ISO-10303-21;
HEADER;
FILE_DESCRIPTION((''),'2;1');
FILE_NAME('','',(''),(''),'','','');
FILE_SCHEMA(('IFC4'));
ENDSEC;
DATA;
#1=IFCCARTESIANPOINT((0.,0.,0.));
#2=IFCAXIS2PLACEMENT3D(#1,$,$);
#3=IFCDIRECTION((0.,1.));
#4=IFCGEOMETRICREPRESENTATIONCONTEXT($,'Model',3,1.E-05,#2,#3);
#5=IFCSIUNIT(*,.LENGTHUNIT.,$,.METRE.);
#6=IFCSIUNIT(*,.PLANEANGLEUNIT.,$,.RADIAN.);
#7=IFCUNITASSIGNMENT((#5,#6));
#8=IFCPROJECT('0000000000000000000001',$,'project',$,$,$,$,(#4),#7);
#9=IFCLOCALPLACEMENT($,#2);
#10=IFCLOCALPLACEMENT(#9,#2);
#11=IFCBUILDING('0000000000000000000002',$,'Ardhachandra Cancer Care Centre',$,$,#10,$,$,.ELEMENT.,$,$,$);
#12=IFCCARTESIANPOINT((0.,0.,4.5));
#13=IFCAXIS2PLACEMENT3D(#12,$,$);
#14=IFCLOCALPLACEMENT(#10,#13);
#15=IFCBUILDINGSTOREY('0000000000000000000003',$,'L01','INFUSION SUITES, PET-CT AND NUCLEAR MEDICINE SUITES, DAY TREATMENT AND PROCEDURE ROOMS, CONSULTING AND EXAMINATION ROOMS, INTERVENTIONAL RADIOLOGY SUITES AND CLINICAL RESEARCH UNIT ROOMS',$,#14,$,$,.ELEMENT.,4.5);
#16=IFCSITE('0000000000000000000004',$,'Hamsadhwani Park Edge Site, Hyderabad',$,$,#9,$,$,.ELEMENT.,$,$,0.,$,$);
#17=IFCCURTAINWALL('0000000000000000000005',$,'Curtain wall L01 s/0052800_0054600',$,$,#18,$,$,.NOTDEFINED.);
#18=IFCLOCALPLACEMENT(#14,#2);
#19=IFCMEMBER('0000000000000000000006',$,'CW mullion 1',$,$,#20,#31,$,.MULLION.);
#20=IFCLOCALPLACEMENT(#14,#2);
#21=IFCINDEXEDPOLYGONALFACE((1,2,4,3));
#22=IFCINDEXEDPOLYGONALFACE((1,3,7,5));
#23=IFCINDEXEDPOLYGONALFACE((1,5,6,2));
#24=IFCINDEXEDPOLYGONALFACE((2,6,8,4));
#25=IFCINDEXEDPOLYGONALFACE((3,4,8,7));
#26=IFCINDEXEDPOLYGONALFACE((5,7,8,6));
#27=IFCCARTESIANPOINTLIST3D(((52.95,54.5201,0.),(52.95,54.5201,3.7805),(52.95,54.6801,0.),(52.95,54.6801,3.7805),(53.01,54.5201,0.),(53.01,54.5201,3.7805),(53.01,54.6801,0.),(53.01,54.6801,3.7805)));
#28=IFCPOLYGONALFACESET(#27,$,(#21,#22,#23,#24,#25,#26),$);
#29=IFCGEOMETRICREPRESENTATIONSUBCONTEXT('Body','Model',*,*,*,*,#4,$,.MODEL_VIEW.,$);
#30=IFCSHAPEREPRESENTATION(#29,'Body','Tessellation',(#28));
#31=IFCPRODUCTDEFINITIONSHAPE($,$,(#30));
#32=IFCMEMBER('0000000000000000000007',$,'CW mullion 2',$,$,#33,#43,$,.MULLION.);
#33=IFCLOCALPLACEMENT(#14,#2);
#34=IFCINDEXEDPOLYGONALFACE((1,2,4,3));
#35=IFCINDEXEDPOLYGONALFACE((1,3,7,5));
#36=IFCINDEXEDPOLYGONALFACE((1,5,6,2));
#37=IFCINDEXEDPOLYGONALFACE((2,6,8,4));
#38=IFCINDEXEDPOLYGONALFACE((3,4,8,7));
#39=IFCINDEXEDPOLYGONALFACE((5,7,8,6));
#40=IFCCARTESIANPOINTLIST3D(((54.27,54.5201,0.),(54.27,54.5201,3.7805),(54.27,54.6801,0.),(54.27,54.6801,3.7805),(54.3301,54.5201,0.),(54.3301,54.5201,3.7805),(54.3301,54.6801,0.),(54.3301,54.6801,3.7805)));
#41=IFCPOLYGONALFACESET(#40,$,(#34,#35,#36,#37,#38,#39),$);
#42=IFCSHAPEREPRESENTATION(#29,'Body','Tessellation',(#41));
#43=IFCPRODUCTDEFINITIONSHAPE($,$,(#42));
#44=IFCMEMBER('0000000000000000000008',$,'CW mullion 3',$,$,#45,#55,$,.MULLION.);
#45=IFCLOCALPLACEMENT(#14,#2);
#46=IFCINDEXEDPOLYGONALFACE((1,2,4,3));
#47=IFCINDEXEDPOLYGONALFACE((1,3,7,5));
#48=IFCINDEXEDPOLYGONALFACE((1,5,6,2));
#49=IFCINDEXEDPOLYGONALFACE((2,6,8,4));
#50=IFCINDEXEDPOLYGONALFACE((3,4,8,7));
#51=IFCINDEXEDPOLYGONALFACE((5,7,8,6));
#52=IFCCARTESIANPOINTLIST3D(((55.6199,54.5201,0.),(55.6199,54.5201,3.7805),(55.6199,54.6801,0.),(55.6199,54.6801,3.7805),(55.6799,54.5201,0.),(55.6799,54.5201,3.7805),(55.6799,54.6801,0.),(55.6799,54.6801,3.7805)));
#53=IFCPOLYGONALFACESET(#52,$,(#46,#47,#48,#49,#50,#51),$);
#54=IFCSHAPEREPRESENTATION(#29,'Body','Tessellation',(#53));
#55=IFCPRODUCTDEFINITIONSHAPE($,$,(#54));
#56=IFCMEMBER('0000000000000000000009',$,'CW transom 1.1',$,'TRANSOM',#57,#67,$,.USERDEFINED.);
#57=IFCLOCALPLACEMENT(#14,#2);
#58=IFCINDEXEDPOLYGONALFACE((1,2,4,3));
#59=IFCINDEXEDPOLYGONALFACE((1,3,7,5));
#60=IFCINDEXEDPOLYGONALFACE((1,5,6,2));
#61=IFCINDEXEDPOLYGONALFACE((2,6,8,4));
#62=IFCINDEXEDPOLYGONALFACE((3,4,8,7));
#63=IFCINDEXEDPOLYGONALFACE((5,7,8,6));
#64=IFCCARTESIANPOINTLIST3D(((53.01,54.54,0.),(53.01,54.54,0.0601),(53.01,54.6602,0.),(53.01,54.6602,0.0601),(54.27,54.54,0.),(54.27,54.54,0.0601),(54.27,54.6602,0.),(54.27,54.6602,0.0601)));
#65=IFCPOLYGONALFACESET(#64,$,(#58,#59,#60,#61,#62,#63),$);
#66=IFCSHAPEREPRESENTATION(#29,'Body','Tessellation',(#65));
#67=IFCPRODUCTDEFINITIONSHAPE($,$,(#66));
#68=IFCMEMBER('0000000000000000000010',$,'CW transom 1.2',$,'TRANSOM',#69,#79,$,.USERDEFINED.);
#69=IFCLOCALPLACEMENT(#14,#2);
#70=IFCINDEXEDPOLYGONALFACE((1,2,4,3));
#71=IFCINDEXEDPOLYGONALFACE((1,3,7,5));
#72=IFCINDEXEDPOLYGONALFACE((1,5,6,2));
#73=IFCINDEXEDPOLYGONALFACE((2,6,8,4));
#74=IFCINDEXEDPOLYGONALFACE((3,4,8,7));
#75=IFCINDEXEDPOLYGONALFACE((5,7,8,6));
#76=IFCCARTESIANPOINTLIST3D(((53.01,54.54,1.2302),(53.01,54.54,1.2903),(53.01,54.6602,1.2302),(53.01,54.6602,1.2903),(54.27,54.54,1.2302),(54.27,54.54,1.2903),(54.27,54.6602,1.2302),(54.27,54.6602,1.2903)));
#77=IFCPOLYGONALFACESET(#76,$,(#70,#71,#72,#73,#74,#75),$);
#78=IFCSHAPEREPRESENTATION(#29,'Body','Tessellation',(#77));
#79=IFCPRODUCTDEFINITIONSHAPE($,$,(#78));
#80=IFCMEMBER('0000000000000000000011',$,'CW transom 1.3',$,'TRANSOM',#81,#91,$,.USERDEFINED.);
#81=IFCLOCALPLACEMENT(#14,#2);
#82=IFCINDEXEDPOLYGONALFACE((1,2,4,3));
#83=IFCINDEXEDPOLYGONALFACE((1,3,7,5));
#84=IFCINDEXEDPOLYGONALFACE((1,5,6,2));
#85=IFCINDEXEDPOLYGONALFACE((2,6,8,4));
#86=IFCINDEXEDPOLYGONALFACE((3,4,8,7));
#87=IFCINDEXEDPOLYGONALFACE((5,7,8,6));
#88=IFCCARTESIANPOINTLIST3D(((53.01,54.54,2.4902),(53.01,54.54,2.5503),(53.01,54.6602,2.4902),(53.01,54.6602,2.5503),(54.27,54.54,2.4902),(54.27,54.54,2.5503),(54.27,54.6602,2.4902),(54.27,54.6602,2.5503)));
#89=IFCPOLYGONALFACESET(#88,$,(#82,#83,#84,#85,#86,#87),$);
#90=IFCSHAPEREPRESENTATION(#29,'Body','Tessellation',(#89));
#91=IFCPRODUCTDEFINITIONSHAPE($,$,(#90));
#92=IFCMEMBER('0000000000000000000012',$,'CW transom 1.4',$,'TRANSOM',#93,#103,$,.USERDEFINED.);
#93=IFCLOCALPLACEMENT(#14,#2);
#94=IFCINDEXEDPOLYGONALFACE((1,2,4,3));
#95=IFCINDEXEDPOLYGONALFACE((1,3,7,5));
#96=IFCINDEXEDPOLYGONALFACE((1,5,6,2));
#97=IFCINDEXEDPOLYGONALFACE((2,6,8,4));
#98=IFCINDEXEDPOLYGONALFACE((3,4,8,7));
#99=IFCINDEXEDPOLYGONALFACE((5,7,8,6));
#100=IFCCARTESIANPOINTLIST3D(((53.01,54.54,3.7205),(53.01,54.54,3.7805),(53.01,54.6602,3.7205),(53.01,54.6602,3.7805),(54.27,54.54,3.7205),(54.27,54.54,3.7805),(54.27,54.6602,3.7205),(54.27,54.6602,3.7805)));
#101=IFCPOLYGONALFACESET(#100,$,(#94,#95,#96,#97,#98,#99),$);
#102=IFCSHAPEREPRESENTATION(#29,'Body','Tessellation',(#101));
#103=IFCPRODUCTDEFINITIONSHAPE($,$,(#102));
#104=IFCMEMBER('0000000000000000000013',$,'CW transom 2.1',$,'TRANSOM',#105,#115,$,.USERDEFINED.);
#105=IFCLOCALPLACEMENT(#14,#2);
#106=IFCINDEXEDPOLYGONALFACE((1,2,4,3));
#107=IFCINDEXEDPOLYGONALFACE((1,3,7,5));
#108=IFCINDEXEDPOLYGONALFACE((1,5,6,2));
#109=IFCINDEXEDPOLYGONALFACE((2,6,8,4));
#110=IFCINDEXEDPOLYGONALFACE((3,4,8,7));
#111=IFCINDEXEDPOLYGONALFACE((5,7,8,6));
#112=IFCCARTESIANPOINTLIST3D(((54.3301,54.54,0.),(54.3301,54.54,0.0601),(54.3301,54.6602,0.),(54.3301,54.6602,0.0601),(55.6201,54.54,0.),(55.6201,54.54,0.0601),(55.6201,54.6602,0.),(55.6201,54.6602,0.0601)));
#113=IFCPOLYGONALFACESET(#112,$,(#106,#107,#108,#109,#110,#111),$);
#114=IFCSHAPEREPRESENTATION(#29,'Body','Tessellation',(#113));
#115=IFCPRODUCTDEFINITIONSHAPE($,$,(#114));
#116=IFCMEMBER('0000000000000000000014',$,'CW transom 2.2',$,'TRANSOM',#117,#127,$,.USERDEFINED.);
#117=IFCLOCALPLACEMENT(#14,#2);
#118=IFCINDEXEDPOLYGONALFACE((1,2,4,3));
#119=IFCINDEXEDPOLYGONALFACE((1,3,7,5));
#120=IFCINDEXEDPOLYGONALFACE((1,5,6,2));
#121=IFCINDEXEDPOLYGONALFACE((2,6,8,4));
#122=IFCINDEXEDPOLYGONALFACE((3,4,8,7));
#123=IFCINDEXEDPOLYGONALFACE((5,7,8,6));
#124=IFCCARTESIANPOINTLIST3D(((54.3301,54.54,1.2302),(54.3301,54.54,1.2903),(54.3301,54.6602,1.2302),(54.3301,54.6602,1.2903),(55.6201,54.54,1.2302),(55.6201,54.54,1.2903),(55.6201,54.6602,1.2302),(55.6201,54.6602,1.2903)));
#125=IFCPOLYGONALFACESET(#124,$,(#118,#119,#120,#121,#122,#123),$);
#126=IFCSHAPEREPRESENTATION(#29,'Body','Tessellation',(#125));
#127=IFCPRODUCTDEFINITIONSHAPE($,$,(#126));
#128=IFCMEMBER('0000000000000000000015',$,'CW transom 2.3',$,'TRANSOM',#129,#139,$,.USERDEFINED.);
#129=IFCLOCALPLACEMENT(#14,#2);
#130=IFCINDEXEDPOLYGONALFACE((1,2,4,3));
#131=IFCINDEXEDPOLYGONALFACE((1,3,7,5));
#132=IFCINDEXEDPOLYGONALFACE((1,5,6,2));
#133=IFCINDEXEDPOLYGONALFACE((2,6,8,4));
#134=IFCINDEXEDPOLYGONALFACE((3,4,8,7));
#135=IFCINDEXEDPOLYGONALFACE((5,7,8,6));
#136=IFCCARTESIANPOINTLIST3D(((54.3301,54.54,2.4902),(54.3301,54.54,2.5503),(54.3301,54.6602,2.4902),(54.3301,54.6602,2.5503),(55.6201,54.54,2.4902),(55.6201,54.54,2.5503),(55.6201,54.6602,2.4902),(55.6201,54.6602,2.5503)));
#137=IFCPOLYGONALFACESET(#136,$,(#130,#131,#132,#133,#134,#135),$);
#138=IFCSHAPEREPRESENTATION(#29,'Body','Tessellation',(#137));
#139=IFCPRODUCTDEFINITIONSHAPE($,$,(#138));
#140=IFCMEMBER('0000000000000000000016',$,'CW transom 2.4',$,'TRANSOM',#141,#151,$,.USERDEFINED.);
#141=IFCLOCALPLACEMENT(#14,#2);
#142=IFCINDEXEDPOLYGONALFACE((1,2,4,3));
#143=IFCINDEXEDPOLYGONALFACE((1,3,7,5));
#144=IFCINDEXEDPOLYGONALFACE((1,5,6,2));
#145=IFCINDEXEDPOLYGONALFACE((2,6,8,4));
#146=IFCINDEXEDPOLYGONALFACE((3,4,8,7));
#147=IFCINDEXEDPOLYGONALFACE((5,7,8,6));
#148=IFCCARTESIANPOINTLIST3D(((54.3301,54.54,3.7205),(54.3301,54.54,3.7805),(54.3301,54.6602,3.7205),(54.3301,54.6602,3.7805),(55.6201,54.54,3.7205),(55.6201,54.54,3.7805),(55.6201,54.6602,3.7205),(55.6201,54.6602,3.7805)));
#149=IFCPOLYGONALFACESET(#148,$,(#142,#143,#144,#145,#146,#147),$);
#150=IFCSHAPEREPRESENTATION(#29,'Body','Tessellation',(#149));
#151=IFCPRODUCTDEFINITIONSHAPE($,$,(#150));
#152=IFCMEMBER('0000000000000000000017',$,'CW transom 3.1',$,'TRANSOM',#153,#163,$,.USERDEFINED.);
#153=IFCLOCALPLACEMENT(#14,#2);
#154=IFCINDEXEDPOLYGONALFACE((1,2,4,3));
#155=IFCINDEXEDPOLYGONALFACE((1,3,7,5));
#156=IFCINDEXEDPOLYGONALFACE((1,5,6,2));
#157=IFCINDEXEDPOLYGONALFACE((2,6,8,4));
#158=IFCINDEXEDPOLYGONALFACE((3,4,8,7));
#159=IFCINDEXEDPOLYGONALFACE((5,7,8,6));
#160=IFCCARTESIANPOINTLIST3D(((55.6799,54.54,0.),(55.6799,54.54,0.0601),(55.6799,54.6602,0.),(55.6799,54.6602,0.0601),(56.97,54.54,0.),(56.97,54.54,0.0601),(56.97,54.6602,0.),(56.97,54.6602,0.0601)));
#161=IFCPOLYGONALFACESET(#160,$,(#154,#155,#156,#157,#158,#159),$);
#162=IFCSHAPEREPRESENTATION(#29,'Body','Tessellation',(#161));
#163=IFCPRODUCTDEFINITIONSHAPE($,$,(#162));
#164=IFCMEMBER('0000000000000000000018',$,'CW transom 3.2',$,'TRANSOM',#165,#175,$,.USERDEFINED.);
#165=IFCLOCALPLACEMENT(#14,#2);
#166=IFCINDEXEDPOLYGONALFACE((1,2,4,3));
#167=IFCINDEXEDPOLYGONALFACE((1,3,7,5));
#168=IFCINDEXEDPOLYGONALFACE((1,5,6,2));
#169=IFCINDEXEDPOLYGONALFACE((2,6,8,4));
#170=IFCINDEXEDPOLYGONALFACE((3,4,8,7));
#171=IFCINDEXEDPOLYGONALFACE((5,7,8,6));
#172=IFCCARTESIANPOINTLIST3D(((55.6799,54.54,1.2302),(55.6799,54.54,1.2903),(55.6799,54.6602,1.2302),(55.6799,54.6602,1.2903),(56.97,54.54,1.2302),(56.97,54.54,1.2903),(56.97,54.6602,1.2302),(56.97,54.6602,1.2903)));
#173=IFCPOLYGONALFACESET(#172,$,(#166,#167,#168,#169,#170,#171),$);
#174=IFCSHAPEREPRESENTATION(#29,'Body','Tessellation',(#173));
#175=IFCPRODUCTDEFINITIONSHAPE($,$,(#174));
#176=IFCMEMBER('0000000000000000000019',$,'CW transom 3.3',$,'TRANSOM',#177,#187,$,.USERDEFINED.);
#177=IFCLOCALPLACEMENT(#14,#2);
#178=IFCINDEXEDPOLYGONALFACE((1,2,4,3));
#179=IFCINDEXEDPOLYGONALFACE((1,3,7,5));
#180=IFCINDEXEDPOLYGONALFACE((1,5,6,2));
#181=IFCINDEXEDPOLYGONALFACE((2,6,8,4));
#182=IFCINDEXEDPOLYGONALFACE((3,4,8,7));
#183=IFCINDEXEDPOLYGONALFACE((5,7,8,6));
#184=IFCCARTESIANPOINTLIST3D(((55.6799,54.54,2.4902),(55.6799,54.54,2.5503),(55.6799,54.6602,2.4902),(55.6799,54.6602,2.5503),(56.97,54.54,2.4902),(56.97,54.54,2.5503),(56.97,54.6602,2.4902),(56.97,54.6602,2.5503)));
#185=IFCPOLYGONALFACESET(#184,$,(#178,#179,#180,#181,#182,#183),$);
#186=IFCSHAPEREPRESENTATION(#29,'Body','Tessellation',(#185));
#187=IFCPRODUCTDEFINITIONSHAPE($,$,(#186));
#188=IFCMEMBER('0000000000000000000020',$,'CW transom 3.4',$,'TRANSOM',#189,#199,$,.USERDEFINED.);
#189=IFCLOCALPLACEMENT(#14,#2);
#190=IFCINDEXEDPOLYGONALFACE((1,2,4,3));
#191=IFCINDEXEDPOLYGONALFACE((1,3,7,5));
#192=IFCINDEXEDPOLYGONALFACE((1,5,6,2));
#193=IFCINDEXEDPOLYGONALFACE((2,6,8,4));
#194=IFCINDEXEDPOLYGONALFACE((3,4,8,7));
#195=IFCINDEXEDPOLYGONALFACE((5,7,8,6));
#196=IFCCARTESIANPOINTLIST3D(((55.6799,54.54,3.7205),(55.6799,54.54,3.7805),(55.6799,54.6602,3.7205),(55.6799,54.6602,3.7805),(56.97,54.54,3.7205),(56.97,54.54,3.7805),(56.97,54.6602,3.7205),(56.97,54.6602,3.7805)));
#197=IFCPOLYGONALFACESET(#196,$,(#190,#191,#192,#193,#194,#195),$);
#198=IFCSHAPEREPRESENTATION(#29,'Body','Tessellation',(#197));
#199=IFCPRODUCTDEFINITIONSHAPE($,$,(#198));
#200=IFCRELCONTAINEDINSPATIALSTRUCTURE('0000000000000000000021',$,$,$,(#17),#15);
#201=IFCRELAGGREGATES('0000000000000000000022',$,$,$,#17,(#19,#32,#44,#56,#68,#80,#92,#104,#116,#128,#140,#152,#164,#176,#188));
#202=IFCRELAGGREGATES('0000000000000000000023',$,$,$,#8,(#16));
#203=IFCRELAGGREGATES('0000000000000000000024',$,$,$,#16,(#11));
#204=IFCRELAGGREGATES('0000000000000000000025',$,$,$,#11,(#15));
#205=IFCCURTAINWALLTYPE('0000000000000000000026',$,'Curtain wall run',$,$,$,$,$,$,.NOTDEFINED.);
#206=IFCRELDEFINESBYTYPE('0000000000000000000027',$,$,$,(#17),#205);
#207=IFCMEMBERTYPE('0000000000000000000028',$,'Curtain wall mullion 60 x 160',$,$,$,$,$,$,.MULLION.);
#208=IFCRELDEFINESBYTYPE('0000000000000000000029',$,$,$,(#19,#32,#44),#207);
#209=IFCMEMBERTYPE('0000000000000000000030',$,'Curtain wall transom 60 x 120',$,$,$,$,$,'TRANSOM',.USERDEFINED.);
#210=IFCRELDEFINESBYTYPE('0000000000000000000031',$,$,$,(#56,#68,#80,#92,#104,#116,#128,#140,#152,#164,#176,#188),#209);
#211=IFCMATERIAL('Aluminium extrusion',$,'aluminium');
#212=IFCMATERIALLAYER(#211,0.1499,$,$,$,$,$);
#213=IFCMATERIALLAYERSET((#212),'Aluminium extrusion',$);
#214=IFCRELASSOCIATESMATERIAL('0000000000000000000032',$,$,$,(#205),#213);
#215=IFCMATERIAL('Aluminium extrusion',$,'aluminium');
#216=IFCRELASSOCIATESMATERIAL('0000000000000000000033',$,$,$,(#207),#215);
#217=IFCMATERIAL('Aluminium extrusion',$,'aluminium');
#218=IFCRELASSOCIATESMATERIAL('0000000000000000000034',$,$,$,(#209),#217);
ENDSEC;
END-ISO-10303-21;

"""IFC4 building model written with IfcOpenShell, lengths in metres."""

from ifc_helpers import new_model, si_unit, direction, frame, origin, origin_2d, place, context, subcontext, project, spatial, rectangle, extrude, material, layer, layer_set, material_profile, profile_set, type_object, element, aggregate, save


model = new_model("IFC4")

# Units and contexts
model_context = context("Model", 3, precision=1e-05, world=origin(), true_north=direction((0.0, 1.0)))
body_context = subcontext(model_context, "Body", "Model", "MODEL_VIEW")
ifc_project = project(units=[si_unit("LENGTHUNIT", "METRE"), si_unit("PLANEANGLEUNIT", "RADIAN")], contexts=[model_context])

# Site, building, storey
site_placement = place(None, origin())
site = spatial("IfcSite", under=ifc_project, at=site_placement, Name="Hamsadhwani Park Edge Site, Hyderabad", CompositionType="ELEMENT", RefElevation=0.0)
building_placement = place(site_placement, origin())
building = spatial("IfcBuilding", under=site, at=building_placement, Name="Ardhachandra Cancer Care Centre", CompositionType="ELEMENT")
storey_placement = place(building_placement, frame((0.0, 0.0, 4.5)))
storey = spatial("IfcBuildingStorey", under=building, at=storey_placement, Name="L01", Description="INFUSION SUITES, PET-CT AND NUCLEAR MEDICINE SUITES, DAY TREATMENT AND PROCEDURE ROOMS, CONSULTING AND EXAMINATION ROOMS, INTERVENTIONAL RADIOLOGY SUITES AND CLINICAL RESEARCH UNIT ROOMS", CompositionType="ELEMENT", Elevation=4.5)

# Curtain wall, members
ifc_material_1 = material(Name="Aluminium extrusion", Category="aluminium")
ifc_layer_1 = layer(ifc_material_1, 0.1499)
ifc_layer_set_1 = layer_set([ifc_layer_1], Name="Aluminium extrusion")
curtain_wall_type = type_object("IfcCurtainWallType", Name="Curtain wall run", PredefinedType="NOTDEFINED", material=ifc_layer_set_1)
curtain_wall_placement = place(storey_placement, origin())
curtain_wall = element("IfcCurtainWall", 1, at=curtain_wall_placement, inside=storey, type_object=curtain_wall_type, Name="Curtain wall L01 s/0052800_0054600", PredefinedType="NOTDEFINED")
ifc_material_2 = material(Name="Aluminium extrusion", Category="aluminium")
ifc_material_profile_1 = material_profile(ifc_material_2, rectangle(XDim=0.1599, YDim=0.0601, at=origin_2d()), Name="Curtain wall mullion 60 x 160")
ifc_profile_set_1 = profile_set([ifc_material_profile_1], Name="Aluminium extrusion")
member_type_1 = type_object("IfcMemberType", Name="Curtain wall mullion 60 x 160", PredefinedType="MULLION", material=ifc_profile_set_1)
member_1_placement = place(storey_placement, frame((52.98, 54.6001, 0.0), z_axis=(0.0, 0.0, 1.0), x_axis=(0.0, 1.0, 0.0)))
member_1 = element("IfcMember", 2, at=member_1_placement, type_object=member_type_1, Name="CW mullion 1", PredefinedType="MULLION", context=body_context, shape_type="SweptSolid", body=[
    extrude(rectangle(XDim=0.1599, YDim=0.0601, at=origin_2d()), origin(), (0.0, 0.0, 1.0), 3.7805),
])
member_2_placement = place(storey_placement, frame((54.3, 54.6001, 0.0), z_axis=(0.0, 0.0, 1.0), x_axis=(0.0, 1.0, 0.0)))
member_2 = element("IfcMember", 3, at=member_2_placement, type_object=member_type_1, Name="CW mullion 2", PredefinedType="MULLION", context=body_context, shape_type="SweptSolid", body=[
    extrude(rectangle(XDim=0.1599, YDim=0.0601, at=origin_2d()), origin(), (0.0, 0.0, 1.0), 3.7805),
])
member_3_placement = place(storey_placement, frame((55.6499, 54.6001, 0.0), z_axis=(0.0, 0.0, 1.0), x_axis=(0.0, 1.0, 0.0)))
member_3 = element("IfcMember", 4, at=member_3_placement, type_object=member_type_1, Name="CW mullion 3", PredefinedType="MULLION", context=body_context, shape_type="SweptSolid", body=[
    extrude(rectangle(XDim=0.1599, YDim=0.0601, at=origin_2d()), origin(), (0.0, 0.0, 1.0), 3.7805),
])
ifc_material_3 = material(Name="Aluminium extrusion", Category="aluminium")
ifc_material_profile_2 = material_profile(ifc_material_3, rectangle(XDim=0.1201, YDim=0.0601, at=origin_2d()), Name="Curtain wall transom 60 x 120")
ifc_profile_set_2 = profile_set([ifc_material_profile_2], Name="Aluminium extrusion")
member_type_2 = type_object("IfcMemberType", Name="Curtain wall transom 60 x 120", ElementType="TRANSOM", PredefinedType="USERDEFINED", material=ifc_profile_set_2)
member_4_placement = place(storey_placement, frame((53.01, 54.6001, 0.03), z_axis=(1.0, 0.0, 0.0), x_axis=(0.0, 1.0, 0.0)))
member_4 = element("IfcMember", 5, at=member_4_placement, type_object=member_type_2, Name="CW transom 1.1", ObjectType="TRANSOM", PredefinedType="USERDEFINED", context=body_context, shape_type="SweptSolid", body=[
    extrude(rectangle(XDim=0.1201, YDim=0.0601, at=origin_2d()), origin(), (0.0, 0.0, 1.0), 1.26),
])
member_5_placement = place(storey_placement, frame((53.01, 54.6001, 1.2603), z_axis=(1.0, 0.0, 0.0), x_axis=(0.0, 1.0, 0.0)))
member_5 = element("IfcMember", 6, at=member_5_placement, type_object=member_type_2, Name="CW transom 1.2", ObjectType="TRANSOM", PredefinedType="USERDEFINED", context=body_context, shape_type="SweptSolid", body=[
    extrude(rectangle(XDim=0.1201, YDim=0.0601, at=origin_2d()), origin(), (0.0, 0.0, 1.0), 1.26),
])
member_6_placement = place(storey_placement, frame((53.01, 54.6001, 2.5203), z_axis=(1.0, 0.0, 0.0), x_axis=(0.0, 1.0, 0.0)))
member_6 = element("IfcMember", 7, at=member_6_placement, type_object=member_type_2, Name="CW transom 1.3", ObjectType="TRANSOM", PredefinedType="USERDEFINED", context=body_context, shape_type="SweptSolid", body=[
    extrude(rectangle(XDim=0.1201, YDim=0.0601, at=origin_2d()), origin(), (0.0, 0.0, 1.0), 1.26),
])
member_7_placement = place(storey_placement, frame((53.01, 54.6001, 3.7505), z_axis=(1.0, 0.0, 0.0), x_axis=(0.0, 1.0, 0.0)))
member_7 = element("IfcMember", 8, at=member_7_placement, type_object=member_type_2, Name="CW transom 1.4", ObjectType="TRANSOM", PredefinedType="USERDEFINED", context=body_context, shape_type="SweptSolid", body=[
    extrude(rectangle(XDim=0.1201, YDim=0.0601, at=origin_2d()), origin(), (0.0, 0.0, 1.0), 1.26),
])
member_8_placement = place(storey_placement, frame((54.3301, 54.6001, 0.03), z_axis=(1.0, 0.0, 0.0), x_axis=(0.0, 1.0, 0.0)))
member_8 = element("IfcMember", 9, at=member_8_placement, type_object=member_type_2, Name="CW transom 2.1", ObjectType="TRANSOM", PredefinedType="USERDEFINED", context=body_context, shape_type="SweptSolid", body=[
    extrude(rectangle(XDim=0.1201, YDim=0.0601, at=origin_2d()), origin(), (0.0, 0.0, 1.0), 1.29),
])
member_9_placement = place(storey_placement, frame((54.3301, 54.6001, 1.2603), z_axis=(1.0, 0.0, 0.0), x_axis=(0.0, 1.0, 0.0)))
member_9 = element("IfcMember", 10, at=member_9_placement, type_object=member_type_2, Name="CW transom 2.2", ObjectType="TRANSOM", PredefinedType="USERDEFINED", context=body_context, shape_type="SweptSolid", body=[
    extrude(rectangle(XDim=0.1201, YDim=0.0601, at=origin_2d()), origin(), (0.0, 0.0, 1.0), 1.29),
])
member_10_placement = place(storey_placement, frame((54.3301, 54.6001, 2.5203), z_axis=(1.0, 0.0, 0.0), x_axis=(0.0, 1.0, 0.0)))
member_10 = element("IfcMember", 11, at=member_10_placement, type_object=member_type_2, Name="CW transom 2.3", ObjectType="TRANSOM", PredefinedType="USERDEFINED", context=body_context, shape_type="SweptSolid", body=[
    extrude(rectangle(XDim=0.1201, YDim=0.0601, at=origin_2d()), origin(), (0.0, 0.0, 1.0), 1.29),
])
member_11_placement = place(storey_placement, frame((54.3301, 54.6001, 3.7505), z_axis=(1.0, 0.0, 0.0), x_axis=(0.0, 1.0, 0.0)))
member_11 = element("IfcMember", 12, at=member_11_placement, type_object=member_type_2, Name="CW transom 2.4", ObjectType="TRANSOM", PredefinedType="USERDEFINED", context=body_context, shape_type="SweptSolid", body=[
    extrude(rectangle(XDim=0.1201, YDim=0.0601, at=origin_2d()), origin(), (0.0, 0.0, 1.0), 1.29),
])
member_12_placement = place(storey_placement, frame((55.6799, 54.6001, 0.03), z_axis=(1.0, 0.0, 0.0), x_axis=(0.0, 1.0, 0.0)))
member_12 = element("IfcMember", 13, at=member_12_placement, type_object=member_type_2, Name="CW transom 3.1", ObjectType="TRANSOM", PredefinedType="USERDEFINED", context=body_context, shape_type="SweptSolid", body=[
    extrude(rectangle(XDim=0.1201, YDim=0.0601, at=origin_2d()), origin(), (0.0, 0.0, 1.0), 1.29),
])
member_13_placement = place(storey_placement, frame((55.6799, 54.6001, 1.2603), z_axis=(1.0, 0.0, 0.0), x_axis=(0.0, 1.0, 0.0)))
member_13 = element("IfcMember", 14, at=member_13_placement, type_object=member_type_2, Name="CW transom 3.2", ObjectType="TRANSOM", PredefinedType="USERDEFINED", context=body_context, shape_type="SweptSolid", body=[
    extrude(rectangle(XDim=0.1201, YDim=0.0601, at=origin_2d()), origin(), (0.0, 0.0, 1.0), 1.29),
])
member_14_placement = place(storey_placement, frame((55.6799, 54.6001, 2.5203), z_axis=(1.0, 0.0, 0.0), x_axis=(0.0, 1.0, 0.0)))
member_14 = element("IfcMember", 15, at=member_14_placement, type_object=member_type_2, Name="CW transom 3.3", ObjectType="TRANSOM", PredefinedType="USERDEFINED", context=body_context, shape_type="SweptSolid", body=[
    extrude(rectangle(XDim=0.1201, YDim=0.0601, at=origin_2d()), origin(), (0.0, 0.0, 1.0), 1.29),
])
member_15_placement = place(storey_placement, frame((55.6799, 54.6001, 3.7505), z_axis=(1.0, 0.0, 0.0), x_axis=(0.0, 1.0, 0.0)))
member_15 = element("IfcMember", 16, at=member_15_placement, type_object=member_type_2, Name="CW transom 3.4", ObjectType="TRANSOM", PredefinedType="USERDEFINED", context=body_context, shape_type="SweptSolid", body=[
    extrude(rectangle(XDim=0.1201, YDim=0.0601, at=origin_2d()), origin(), (0.0, 0.0, 1.0), 1.29),
])

aggregate(curtain_wall, [member_1, member_2, member_3, member_4, member_5, member_6, member_7, member_8, member_9, member_10, member_11, member_12, member_13, member_14, member_15])

save(model, "model.ifc")
